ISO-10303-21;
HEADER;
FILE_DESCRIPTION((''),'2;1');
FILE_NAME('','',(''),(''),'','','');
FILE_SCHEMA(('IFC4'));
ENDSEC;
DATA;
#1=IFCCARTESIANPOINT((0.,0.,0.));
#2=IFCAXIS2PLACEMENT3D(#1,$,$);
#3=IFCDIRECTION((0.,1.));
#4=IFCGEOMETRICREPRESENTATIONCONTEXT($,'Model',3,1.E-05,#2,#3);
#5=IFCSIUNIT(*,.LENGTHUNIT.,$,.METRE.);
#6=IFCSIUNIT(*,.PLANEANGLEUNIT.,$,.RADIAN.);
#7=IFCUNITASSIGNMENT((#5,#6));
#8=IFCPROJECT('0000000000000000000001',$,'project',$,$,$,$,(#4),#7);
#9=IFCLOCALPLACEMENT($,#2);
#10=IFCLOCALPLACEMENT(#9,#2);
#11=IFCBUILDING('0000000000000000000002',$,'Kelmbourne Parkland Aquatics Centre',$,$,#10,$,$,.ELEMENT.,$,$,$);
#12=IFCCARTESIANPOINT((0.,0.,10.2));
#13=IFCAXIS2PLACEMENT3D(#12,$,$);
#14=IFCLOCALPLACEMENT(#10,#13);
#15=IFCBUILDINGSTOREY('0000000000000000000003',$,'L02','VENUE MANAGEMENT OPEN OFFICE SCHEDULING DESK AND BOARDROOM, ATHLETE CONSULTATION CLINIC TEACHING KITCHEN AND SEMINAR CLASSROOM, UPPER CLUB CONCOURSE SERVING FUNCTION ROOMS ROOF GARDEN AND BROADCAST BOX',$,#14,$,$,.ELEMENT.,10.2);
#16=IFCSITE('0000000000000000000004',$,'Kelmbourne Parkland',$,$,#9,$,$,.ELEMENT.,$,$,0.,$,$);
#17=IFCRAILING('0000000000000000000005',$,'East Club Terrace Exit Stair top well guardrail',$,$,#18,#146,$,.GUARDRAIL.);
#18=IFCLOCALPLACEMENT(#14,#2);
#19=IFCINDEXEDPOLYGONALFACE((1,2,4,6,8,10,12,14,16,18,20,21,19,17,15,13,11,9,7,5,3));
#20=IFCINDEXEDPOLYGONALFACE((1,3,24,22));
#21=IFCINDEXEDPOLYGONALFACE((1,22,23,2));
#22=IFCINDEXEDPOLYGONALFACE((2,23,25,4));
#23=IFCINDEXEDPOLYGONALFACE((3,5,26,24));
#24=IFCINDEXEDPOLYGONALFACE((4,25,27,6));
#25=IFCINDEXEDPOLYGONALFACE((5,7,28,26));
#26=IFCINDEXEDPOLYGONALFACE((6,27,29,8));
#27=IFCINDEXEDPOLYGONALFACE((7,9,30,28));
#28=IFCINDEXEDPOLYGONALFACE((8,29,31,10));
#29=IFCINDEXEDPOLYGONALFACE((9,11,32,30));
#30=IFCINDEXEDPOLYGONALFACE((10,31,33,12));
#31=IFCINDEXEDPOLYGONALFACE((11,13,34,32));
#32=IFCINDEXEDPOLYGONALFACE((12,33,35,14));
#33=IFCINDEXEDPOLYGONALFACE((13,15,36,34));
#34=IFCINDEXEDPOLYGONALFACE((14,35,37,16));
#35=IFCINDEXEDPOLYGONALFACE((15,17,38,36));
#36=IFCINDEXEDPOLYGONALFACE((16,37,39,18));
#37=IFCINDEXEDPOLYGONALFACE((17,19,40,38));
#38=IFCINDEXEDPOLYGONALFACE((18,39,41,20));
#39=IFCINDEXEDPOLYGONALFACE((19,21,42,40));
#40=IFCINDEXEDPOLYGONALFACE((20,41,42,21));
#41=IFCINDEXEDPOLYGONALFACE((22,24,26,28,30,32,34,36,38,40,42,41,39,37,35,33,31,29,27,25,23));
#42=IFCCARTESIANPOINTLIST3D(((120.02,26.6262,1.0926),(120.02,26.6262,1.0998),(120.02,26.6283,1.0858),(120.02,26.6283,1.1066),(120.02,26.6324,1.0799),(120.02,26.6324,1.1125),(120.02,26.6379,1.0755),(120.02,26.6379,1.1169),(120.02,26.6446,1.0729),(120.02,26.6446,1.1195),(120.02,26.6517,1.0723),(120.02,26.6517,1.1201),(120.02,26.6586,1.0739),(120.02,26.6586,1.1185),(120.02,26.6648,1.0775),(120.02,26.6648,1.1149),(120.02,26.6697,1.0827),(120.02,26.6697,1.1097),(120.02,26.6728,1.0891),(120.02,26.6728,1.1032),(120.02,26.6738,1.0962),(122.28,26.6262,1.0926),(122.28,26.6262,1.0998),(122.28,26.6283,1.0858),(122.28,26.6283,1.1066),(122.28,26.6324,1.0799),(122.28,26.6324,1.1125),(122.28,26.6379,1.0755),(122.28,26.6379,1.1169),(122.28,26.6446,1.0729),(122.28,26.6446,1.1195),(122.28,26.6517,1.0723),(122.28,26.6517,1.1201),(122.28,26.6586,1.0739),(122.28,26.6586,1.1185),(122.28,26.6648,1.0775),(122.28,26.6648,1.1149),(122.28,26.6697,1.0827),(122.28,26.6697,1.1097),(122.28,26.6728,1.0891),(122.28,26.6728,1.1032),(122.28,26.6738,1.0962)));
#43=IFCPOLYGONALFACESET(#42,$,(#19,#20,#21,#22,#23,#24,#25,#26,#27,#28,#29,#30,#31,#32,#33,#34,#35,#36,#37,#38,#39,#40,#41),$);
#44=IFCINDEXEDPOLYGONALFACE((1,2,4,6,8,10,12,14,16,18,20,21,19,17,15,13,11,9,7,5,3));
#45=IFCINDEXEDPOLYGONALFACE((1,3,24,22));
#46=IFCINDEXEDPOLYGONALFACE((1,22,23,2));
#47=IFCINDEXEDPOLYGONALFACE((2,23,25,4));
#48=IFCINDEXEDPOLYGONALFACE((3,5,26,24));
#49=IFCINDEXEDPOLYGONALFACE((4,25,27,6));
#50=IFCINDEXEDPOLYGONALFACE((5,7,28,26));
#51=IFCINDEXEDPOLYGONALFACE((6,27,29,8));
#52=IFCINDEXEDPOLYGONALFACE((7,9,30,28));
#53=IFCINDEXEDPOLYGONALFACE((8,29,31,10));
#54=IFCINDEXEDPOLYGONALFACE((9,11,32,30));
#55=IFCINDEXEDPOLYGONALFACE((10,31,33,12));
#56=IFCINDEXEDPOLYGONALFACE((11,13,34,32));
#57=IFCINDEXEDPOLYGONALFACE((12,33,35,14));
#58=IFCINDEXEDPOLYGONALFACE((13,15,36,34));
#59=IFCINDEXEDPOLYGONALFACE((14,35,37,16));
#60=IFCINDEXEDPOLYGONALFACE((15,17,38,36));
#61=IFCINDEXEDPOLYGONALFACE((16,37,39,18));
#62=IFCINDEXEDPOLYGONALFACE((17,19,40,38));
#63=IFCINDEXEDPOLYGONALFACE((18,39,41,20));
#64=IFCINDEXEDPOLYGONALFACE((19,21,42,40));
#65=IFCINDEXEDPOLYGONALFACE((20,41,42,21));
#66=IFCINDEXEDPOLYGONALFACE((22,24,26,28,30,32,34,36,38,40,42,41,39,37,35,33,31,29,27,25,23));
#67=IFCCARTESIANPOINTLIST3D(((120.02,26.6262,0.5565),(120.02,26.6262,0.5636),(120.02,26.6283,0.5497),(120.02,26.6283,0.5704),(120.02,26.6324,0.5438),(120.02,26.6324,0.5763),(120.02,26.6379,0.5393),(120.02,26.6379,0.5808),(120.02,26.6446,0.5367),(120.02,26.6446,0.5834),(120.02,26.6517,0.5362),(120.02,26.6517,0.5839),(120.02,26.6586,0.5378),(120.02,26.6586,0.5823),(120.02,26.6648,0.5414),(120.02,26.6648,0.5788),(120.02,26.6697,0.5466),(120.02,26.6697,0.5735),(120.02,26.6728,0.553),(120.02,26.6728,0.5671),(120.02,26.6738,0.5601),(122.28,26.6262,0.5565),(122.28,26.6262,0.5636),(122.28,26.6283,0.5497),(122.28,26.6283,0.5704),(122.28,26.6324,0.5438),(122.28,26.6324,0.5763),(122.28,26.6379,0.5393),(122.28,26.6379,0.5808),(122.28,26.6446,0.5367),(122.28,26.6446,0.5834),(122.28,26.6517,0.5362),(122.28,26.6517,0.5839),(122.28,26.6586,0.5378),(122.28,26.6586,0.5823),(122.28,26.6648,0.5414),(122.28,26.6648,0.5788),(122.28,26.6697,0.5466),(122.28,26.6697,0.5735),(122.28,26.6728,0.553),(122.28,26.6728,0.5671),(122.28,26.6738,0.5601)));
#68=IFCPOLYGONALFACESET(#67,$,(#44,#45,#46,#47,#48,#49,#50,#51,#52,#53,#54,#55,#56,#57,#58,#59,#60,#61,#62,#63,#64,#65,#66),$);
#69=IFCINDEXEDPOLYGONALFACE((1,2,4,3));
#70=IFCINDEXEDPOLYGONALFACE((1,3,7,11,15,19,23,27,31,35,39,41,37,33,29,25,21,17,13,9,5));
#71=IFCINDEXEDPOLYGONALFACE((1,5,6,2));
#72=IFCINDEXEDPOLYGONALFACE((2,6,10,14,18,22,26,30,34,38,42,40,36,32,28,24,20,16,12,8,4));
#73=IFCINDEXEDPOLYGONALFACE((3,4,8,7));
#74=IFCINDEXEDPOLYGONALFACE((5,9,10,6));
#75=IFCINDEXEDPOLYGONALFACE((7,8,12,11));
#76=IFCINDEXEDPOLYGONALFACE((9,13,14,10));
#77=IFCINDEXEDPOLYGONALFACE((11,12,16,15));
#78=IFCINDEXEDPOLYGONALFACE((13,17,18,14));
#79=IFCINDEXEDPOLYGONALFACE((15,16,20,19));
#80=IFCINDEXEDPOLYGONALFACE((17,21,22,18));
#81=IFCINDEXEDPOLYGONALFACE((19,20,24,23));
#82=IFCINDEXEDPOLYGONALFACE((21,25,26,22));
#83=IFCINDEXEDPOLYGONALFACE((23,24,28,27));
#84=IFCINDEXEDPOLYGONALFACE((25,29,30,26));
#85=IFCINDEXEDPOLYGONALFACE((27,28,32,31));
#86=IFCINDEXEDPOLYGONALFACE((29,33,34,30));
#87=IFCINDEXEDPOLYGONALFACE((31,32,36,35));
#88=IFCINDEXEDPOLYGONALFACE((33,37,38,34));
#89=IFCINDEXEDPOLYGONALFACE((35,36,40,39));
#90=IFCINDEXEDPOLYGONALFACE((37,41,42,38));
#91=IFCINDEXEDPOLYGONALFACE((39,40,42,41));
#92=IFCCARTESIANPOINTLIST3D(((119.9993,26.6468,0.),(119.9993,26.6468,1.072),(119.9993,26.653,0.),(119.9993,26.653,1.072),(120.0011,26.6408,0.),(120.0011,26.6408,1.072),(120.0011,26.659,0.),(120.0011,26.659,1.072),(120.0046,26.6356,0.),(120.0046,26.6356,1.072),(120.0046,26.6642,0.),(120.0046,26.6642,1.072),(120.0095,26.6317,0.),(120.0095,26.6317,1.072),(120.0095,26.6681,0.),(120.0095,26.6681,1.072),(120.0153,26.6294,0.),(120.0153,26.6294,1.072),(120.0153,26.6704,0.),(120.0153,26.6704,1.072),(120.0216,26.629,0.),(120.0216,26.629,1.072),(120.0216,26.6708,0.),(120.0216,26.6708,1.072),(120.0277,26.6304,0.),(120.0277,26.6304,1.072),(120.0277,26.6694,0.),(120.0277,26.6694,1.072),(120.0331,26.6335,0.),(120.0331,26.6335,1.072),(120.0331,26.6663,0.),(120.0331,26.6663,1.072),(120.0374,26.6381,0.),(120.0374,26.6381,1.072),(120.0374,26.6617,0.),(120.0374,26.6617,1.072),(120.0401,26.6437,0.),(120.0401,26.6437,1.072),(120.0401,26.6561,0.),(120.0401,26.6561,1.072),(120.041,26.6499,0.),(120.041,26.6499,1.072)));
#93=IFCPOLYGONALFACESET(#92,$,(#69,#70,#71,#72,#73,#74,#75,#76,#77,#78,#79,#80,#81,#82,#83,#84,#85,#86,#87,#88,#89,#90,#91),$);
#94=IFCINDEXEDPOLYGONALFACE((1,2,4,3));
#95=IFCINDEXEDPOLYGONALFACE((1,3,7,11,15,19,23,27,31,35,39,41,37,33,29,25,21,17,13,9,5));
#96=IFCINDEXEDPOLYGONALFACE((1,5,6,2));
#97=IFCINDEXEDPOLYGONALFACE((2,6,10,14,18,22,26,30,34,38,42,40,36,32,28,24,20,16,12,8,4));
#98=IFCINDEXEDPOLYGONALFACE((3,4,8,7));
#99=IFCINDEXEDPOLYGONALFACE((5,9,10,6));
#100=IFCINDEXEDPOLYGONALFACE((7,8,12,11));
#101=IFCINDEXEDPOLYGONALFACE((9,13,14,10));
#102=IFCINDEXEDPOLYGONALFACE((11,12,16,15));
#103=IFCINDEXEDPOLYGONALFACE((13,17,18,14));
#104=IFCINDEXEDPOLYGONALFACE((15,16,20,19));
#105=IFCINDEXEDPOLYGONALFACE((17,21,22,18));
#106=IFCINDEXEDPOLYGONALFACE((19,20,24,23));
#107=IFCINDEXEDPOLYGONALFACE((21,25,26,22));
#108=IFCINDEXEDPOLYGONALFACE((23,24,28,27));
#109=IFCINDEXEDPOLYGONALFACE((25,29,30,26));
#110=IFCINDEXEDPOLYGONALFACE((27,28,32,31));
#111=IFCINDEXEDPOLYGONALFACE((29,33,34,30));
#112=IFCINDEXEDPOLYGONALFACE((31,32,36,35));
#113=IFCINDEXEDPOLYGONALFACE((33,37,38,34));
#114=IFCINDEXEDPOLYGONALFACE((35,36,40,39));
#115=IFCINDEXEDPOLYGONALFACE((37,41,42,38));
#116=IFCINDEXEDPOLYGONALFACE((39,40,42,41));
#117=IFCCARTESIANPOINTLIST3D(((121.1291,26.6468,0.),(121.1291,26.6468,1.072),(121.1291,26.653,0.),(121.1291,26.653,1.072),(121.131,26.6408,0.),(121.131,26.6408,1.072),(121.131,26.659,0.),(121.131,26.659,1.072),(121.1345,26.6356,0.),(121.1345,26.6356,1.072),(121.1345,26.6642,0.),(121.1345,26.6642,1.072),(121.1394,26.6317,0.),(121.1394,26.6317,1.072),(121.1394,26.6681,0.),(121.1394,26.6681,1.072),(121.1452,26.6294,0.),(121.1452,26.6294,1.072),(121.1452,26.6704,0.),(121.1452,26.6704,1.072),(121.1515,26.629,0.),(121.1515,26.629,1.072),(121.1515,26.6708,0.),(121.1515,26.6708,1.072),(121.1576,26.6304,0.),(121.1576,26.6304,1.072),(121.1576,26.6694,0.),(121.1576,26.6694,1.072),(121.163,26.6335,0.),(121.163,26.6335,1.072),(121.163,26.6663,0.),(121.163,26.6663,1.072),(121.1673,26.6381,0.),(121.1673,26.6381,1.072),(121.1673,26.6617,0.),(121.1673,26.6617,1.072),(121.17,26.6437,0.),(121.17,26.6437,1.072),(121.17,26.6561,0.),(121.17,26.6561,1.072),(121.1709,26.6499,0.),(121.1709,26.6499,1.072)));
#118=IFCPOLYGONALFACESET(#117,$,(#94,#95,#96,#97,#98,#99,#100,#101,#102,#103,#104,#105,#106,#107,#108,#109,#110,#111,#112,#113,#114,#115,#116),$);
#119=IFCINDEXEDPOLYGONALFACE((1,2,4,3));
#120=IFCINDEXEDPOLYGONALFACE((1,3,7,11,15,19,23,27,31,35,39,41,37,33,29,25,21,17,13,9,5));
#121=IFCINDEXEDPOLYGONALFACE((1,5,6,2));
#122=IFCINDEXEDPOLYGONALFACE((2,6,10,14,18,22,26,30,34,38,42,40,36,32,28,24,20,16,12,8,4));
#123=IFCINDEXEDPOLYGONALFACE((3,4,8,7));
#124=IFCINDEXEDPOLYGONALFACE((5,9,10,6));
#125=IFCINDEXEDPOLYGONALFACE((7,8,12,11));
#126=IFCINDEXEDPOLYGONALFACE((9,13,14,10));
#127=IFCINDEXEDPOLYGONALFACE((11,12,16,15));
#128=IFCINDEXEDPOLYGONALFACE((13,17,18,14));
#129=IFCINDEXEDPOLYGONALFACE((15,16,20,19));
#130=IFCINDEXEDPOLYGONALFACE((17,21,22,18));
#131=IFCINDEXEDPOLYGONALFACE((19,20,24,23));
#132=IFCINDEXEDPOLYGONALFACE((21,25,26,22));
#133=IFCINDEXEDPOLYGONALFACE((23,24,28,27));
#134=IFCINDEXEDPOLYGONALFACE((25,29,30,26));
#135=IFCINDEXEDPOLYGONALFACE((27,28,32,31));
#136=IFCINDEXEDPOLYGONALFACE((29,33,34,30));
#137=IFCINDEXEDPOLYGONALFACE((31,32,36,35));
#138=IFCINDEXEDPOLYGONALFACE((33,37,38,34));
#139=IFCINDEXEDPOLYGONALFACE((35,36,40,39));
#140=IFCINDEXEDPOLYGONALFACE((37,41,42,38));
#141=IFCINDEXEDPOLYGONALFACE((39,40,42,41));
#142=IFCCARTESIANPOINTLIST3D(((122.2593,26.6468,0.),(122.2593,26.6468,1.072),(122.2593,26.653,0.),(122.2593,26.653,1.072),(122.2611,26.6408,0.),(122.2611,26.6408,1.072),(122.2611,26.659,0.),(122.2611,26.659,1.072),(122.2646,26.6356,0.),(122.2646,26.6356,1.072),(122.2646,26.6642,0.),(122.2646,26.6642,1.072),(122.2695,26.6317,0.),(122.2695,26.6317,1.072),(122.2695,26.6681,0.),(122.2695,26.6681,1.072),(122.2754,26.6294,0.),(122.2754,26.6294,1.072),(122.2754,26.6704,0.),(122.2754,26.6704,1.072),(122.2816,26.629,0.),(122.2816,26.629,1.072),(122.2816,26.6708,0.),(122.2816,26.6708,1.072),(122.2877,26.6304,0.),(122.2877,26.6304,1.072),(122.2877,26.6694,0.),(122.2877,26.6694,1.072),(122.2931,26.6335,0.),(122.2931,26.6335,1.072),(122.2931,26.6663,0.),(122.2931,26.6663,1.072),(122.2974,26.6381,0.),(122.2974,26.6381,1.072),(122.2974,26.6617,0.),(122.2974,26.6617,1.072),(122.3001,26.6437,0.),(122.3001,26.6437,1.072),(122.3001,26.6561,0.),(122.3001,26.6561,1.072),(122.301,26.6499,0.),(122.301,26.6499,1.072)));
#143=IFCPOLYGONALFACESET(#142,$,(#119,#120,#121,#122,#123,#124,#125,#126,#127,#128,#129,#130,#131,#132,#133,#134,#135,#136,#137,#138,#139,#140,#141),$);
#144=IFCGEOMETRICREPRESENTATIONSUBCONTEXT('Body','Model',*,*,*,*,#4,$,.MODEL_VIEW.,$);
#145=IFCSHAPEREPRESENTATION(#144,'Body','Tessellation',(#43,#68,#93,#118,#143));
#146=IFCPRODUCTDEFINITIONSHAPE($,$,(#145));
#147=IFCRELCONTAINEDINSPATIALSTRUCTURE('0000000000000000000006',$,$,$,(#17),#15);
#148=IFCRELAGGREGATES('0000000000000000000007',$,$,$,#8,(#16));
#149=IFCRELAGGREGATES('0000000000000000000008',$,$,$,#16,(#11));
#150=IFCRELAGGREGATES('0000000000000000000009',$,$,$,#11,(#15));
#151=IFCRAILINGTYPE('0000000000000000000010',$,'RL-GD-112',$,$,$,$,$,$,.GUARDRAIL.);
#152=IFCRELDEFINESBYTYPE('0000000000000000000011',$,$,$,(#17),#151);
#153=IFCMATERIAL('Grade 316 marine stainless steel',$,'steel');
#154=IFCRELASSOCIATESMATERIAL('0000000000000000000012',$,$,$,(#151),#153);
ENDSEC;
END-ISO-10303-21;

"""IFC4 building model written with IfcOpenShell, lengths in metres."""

from ifc_helpers import new_model, si_unit, direction, frame, origin, origin_2d, place, context, subcontext, project, spatial, circle, extrude, material, type_object, element, save


model = new_model("IFC4")

# Units and contexts
model_context = context("Model", 3, precision=1e-05, world=origin(), true_north=direction((0.0, 1.0)))
body_context = subcontext(model_context, "Body", "Model", "MODEL_VIEW")
ifc_project = project(units=[si_unit("LENGTHUNIT", "METRE"), si_unit("PLANEANGLEUNIT", "RADIAN")], contexts=[model_context])

# Site, building, storey
site_placement = place(None, origin())
site = spatial("IfcSite", under=ifc_project, at=site_placement, Name="Kelmbourne Parkland", CompositionType="ELEMENT", RefElevation=0.0)
building_placement = place(site_placement, origin())
building = spatial("IfcBuilding", under=site, at=building_placement, Name="Kelmbourne Parkland Aquatics Centre", CompositionType="ELEMENT")
storey_placement = place(building_placement, frame((0.0, 0.0, 10.2)))
storey = spatial("IfcBuildingStorey", under=building, at=storey_placement, Name="L02", Description="VENUE MANAGEMENT OPEN OFFICE SCHEDULING DESK AND BOARDROOM, ATHLETE CONSULTATION CLINIC TEACHING KITCHEN AND SEMINAR CLASSROOM, UPPER CLUB CONCOURSE SERVING FUNCTION ROOMS ROOF GARDEN AND BROADCAST BOX", CompositionType="ELEMENT", Elevation=10.2)

# Railing
ifc_material_1 = material(Name="Grade 316 marine stainless steel", Category="steel")
railing_type_1 = type_object("IfcRailingType", Name="RL-GD-112", PredefinedType="GUARDRAIL", material=ifc_material_1)
for number, where, name in (
    (1, (120.02, 26.6499, 0.0), "East Club Terrace Exit Stair top well guardrail"),
):
    element("IfcRailing", number, at=place(storey_placement, frame(where)), inside=storey, type_object=railing_type_1, Name=name, PredefinedType="GUARDRAIL", context=body_context, shape_type="SweptSolid", body=[
        extrude(circle(Radius=0.0239, at=origin_2d()), frame((0.0, 0.0, 1.0962), z_axis=(1.0, 0.0, 0.0), x_axis=(0.0, 1.0, 0.0)), (0.0, 0.0, 1.0), 2.26),
        extrude(circle(Radius=0.0239, at=origin_2d()), frame((0.0, 0.0, 0.5601), z_axis=(1.0, 0.0, 0.0), x_axis=(0.0, 1.0, 0.0)), (0.0, 0.0, 1.0), 2.26),
        extrude(circle(Radius=0.021, at=origin_2d()), origin(), (0.0, 0.0, 1.0), 1.072),
        extrude(circle(Radius=0.021, at=origin_2d()), frame((1.1299, 0.0, 0.0)), (0.0, 0.0, 1.0), 1.072),
        extrude(circle(Radius=0.021, at=origin_2d()), frame((2.26, 0.0, 0.0)), (0.0, 0.0, 1.0), 1.072),
    ])

save(model, "model.ifc")
